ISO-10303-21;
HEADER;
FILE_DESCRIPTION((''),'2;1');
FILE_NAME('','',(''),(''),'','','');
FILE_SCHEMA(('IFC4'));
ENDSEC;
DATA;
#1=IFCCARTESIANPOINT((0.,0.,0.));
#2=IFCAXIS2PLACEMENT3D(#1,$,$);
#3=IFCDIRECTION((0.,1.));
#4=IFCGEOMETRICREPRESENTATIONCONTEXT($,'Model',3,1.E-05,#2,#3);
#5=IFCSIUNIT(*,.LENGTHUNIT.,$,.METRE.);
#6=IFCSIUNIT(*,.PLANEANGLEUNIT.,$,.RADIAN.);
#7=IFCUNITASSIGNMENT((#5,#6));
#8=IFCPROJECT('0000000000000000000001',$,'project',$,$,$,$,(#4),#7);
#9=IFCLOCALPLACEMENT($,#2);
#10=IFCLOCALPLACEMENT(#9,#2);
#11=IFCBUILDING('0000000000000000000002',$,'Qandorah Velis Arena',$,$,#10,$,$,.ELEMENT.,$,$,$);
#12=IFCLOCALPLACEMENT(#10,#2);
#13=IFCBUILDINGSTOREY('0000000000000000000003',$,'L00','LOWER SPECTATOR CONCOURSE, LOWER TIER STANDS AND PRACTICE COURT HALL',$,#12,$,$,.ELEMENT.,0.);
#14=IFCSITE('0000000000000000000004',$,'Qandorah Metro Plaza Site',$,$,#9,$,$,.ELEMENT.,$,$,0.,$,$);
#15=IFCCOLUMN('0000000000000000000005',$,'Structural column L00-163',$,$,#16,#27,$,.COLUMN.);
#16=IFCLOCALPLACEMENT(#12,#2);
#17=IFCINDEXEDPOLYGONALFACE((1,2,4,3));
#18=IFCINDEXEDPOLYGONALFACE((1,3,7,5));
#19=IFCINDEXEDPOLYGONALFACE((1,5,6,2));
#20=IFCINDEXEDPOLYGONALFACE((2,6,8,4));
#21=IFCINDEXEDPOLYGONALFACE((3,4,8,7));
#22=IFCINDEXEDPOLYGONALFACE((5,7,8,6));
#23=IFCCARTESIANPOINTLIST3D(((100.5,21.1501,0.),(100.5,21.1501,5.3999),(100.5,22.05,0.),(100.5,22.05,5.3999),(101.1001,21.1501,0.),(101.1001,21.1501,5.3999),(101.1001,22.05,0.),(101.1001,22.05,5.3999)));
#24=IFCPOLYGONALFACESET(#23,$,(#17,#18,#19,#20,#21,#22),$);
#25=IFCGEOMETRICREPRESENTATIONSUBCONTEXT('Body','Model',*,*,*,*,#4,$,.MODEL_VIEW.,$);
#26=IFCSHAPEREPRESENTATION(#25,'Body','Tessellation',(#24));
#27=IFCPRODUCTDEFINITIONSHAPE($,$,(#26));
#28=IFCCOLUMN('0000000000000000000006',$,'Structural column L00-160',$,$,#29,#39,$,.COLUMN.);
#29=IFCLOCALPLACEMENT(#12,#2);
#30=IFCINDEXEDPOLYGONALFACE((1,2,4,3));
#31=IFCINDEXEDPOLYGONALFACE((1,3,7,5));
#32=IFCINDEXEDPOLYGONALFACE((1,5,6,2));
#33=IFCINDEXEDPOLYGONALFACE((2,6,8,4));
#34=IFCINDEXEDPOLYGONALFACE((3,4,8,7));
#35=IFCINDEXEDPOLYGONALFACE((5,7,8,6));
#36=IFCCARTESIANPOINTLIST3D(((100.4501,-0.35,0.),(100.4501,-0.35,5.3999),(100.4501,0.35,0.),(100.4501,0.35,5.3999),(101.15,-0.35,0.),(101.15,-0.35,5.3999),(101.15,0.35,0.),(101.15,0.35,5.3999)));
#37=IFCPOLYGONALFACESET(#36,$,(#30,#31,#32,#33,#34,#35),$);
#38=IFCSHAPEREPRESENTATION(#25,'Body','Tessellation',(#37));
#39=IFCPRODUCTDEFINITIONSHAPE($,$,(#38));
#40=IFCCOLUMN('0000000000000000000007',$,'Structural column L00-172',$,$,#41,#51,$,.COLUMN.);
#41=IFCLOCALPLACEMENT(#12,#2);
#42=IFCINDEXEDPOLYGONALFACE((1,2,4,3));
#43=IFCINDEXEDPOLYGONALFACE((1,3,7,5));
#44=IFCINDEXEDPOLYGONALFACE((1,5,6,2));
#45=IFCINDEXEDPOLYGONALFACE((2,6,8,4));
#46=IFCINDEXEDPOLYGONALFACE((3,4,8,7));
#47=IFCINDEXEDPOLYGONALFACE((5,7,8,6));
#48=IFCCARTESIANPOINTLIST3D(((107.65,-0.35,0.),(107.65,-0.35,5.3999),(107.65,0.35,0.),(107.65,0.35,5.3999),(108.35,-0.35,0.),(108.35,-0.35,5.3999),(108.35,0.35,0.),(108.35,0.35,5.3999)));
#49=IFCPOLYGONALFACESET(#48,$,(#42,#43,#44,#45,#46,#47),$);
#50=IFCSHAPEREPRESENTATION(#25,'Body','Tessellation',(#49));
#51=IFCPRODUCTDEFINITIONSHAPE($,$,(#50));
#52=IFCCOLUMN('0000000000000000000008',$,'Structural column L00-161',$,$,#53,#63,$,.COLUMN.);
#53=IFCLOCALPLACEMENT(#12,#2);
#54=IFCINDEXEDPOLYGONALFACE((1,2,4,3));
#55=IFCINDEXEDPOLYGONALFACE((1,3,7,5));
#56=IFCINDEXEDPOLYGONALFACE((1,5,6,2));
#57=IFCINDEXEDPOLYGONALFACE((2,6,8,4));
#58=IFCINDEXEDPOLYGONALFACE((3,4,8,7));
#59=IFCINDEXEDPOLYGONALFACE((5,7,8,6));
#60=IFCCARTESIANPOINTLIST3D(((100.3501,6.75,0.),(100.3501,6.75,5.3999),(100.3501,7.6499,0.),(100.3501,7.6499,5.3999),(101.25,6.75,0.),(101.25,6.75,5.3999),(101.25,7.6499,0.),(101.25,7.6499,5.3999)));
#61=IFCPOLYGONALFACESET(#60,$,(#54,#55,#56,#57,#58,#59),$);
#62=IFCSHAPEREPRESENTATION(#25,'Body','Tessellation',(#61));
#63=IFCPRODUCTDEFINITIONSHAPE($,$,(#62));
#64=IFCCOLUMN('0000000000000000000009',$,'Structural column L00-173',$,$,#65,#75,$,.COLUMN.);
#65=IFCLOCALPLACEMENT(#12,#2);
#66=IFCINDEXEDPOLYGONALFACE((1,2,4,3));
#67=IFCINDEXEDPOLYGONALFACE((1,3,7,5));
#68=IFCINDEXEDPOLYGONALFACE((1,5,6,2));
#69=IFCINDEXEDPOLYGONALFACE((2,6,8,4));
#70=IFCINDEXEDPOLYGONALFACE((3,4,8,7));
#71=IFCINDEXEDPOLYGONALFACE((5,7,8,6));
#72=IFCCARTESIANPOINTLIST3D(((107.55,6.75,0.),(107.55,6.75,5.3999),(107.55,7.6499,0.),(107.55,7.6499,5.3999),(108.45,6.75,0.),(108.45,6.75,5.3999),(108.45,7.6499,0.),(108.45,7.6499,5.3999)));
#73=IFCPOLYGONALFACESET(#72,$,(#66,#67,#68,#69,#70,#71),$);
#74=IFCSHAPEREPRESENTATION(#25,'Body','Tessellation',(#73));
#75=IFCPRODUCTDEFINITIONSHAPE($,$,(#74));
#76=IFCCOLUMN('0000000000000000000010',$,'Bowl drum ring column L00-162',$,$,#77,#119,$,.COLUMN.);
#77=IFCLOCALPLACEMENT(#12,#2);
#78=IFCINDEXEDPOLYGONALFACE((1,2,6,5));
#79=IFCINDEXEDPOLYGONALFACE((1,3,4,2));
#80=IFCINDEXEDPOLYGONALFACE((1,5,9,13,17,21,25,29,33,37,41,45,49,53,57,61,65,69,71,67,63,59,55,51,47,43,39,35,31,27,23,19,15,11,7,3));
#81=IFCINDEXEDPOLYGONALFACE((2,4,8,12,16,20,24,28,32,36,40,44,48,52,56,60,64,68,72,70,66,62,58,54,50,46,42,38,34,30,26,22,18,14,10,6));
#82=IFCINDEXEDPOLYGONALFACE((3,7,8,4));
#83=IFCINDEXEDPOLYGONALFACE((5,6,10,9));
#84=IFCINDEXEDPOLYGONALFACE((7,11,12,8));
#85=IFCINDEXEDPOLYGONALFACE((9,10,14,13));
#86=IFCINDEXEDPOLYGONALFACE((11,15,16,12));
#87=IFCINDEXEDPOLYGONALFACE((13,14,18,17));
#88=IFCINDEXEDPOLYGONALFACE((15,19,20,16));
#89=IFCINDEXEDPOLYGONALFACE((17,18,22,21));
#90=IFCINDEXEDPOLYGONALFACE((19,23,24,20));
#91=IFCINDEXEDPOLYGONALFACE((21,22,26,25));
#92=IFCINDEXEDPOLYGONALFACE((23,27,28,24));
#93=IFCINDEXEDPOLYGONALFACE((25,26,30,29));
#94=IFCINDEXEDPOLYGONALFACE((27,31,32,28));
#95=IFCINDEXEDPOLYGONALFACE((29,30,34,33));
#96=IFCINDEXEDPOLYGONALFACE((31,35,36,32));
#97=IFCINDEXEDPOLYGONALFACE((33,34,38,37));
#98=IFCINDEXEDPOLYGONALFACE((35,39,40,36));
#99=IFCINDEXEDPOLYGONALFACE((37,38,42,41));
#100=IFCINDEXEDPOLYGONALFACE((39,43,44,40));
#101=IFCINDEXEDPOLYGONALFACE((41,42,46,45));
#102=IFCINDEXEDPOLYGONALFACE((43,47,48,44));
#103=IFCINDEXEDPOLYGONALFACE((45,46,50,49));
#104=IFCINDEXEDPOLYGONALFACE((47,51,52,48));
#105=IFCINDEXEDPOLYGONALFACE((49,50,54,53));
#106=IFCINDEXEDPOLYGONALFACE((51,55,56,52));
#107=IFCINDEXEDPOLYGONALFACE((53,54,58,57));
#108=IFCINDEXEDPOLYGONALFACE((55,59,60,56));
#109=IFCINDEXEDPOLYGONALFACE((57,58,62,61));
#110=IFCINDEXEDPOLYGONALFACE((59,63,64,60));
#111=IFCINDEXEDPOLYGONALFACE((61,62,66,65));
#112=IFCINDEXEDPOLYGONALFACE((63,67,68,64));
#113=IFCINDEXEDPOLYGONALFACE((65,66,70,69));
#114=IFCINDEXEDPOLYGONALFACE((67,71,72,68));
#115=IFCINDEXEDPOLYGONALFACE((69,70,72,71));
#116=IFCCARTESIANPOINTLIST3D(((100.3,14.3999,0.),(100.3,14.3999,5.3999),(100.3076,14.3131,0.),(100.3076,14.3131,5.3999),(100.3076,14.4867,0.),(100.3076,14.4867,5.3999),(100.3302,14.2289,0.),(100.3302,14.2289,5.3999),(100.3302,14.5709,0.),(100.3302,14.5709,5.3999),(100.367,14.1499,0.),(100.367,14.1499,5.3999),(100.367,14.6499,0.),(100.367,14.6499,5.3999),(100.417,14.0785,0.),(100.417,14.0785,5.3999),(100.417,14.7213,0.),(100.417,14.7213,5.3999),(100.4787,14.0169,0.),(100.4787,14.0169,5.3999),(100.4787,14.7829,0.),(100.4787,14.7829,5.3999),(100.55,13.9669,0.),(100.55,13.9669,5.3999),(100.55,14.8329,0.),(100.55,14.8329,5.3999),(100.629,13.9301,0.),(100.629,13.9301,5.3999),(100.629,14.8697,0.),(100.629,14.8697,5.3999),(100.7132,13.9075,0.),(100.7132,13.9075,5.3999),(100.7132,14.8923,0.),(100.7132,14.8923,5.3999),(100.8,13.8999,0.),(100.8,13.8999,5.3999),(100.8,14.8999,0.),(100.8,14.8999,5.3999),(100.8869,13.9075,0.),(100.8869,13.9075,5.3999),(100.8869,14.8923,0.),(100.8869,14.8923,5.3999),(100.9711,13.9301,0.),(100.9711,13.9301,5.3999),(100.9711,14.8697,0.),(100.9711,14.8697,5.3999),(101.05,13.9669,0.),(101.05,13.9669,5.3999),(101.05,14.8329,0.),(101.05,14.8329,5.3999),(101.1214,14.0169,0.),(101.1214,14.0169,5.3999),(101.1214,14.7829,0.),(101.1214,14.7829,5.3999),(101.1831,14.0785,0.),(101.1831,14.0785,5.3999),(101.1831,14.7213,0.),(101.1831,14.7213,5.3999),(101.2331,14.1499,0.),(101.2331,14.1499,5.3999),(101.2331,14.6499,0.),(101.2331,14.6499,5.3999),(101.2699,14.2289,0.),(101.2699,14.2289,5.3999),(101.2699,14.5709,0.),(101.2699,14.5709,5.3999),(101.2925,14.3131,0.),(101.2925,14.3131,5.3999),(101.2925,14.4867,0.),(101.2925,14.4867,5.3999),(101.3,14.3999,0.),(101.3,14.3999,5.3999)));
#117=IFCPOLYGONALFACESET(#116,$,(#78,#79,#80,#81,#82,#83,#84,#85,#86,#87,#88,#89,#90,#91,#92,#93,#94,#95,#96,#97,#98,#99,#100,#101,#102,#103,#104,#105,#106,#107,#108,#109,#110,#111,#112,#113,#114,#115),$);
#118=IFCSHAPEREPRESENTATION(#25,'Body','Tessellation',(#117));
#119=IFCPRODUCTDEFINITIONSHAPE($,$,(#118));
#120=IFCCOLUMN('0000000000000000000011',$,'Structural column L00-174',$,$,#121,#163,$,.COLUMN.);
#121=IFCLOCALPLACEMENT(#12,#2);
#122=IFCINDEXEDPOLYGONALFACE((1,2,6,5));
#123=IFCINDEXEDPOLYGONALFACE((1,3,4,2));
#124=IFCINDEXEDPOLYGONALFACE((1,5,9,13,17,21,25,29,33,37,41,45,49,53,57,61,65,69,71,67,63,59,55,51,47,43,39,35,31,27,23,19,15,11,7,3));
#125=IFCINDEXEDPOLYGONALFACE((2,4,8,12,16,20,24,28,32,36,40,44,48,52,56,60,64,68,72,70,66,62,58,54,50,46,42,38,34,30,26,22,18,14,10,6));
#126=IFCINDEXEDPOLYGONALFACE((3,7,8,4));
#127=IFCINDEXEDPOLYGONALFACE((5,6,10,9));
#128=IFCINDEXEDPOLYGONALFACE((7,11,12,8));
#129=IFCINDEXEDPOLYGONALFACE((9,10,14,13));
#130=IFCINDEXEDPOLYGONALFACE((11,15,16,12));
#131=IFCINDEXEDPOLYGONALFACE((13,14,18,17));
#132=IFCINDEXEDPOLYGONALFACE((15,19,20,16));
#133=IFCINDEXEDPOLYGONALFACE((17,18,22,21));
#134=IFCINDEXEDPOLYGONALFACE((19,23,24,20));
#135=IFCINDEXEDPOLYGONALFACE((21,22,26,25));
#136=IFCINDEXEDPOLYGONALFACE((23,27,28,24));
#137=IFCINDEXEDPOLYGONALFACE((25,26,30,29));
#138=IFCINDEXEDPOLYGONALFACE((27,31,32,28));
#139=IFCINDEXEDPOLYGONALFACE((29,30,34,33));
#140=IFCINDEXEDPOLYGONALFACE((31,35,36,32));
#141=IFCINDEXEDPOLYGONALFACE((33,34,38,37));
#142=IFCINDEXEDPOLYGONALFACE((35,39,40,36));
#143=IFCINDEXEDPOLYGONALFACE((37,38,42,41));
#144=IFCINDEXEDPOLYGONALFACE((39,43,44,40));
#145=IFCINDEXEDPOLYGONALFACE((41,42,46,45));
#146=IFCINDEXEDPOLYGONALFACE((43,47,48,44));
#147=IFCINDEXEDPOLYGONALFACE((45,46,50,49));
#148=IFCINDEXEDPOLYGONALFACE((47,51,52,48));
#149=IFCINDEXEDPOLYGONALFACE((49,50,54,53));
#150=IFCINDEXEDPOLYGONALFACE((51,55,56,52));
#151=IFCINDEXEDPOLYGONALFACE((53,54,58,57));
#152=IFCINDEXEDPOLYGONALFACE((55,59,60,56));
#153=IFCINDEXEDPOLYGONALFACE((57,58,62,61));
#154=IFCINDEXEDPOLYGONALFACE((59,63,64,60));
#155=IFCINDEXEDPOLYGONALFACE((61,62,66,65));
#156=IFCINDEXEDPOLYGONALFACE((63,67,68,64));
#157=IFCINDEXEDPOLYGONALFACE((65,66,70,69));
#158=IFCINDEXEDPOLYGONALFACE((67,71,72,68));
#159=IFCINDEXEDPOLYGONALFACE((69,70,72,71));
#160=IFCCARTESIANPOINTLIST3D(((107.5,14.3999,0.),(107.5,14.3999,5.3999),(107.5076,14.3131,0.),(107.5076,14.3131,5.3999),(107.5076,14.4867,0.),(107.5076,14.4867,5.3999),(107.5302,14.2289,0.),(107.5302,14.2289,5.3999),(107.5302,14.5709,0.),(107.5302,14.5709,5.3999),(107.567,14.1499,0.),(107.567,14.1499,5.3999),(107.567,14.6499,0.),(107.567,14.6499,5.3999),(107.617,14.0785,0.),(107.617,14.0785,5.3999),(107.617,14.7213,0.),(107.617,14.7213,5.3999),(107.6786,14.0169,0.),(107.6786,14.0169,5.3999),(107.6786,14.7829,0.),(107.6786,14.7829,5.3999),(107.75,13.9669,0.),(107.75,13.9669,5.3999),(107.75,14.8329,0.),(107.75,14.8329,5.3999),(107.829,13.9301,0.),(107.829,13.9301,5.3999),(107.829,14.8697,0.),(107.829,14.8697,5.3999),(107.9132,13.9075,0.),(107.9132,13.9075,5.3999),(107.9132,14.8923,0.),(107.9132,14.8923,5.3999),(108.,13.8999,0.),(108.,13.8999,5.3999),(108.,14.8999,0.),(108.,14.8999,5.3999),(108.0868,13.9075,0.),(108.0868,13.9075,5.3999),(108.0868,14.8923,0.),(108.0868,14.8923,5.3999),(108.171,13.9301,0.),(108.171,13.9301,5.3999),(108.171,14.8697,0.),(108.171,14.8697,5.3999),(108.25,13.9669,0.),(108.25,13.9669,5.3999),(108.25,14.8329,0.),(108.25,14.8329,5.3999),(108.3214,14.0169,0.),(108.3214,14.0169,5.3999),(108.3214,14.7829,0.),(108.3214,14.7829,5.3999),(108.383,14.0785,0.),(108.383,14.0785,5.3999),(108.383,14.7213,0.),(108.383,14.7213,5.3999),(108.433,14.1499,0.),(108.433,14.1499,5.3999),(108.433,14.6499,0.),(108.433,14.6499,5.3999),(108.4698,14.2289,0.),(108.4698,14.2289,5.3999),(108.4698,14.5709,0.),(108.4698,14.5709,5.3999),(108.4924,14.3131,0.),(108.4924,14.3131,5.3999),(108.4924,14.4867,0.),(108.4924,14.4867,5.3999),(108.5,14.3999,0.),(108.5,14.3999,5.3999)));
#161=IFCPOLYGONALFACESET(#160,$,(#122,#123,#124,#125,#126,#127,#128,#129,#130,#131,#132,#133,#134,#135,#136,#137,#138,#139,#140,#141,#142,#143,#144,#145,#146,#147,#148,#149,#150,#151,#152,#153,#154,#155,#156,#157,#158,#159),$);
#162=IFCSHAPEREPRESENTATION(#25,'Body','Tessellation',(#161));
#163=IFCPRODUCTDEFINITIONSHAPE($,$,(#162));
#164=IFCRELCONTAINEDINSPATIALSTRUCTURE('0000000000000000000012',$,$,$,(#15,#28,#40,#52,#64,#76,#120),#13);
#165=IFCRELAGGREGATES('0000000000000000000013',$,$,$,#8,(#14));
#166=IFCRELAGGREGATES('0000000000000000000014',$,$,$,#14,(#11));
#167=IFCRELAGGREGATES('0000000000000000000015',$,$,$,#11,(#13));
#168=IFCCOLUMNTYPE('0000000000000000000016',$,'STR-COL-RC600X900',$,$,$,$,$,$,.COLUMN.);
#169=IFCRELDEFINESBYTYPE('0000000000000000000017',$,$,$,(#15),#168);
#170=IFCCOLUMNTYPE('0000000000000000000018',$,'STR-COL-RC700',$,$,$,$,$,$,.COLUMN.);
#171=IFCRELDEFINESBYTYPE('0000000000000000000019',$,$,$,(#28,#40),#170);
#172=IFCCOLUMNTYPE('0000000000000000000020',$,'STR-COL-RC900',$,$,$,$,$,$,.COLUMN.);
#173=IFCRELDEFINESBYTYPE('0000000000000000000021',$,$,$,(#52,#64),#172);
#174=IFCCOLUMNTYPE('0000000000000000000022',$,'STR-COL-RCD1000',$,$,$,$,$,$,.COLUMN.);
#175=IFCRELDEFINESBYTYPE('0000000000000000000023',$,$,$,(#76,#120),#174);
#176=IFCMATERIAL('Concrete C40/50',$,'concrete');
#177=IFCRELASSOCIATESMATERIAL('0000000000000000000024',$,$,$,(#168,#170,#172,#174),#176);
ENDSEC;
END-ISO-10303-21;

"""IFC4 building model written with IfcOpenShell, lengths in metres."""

from ifc_helpers import new_model, si_unit, direction, frame, origin, origin_2d, place, context, subcontext, project, spatial, rectangle, circle, extrude, material, material_profile, profile_set, type_object, element, save


model = new_model("IFC4")

# Units and contexts
model_context = context("Model", 3, precision=1e-05, world=origin(), true_north=direction((0.0, 1.0)))
body_context = subcontext(model_context, "Body", "Model", "MODEL_VIEW")
ifc_project = project(units=[si_unit("LENGTHUNIT", "METRE"), si_unit("PLANEANGLEUNIT", "RADIAN")], contexts=[model_context])

# Site, building, storey
site_placement = place(None, origin())
site = spatial("IfcSite", under=ifc_project, at=site_placement, Name="Qandorah Metro Plaza Site", CompositionType="ELEMENT", RefElevation=0.0)
building_placement = place(site_placement, origin())
building = spatial("IfcBuilding", under=site, at=building_placement, Name="Qandorah Velis Arena", CompositionType="ELEMENT")
storey_placement = place(building_placement, origin())
storey = spatial("IfcBuildingStorey", under=building, at=storey_placement, Name="L00", Description="LOWER SPECTATOR CONCOURSE, LOWER TIER STANDS AND PRACTICE COURT HALL", CompositionType="ELEMENT", Elevation=0.0)

# Columns
ifc_material_1 = material(Name="Concrete C40/50", Category="concrete")
ifc_material_profile_1 = material_profile(ifc_material_1, rectangle(XDim=0.6001, YDim=0.8999, at=origin_2d()), Name="RC COL 600x900")
ifc_profile_set_1 = profile_set([ifc_material_profile_1], Name="Concrete C40/50")
column_type_1 = type_object("IfcColumnType", Name="STR-COL-RC600X900", PredefinedType="COLUMN", material=ifc_profile_set_1)
column_placement = place(storey_placement, frame((100.8, 21.6001, 0.0), z_axis=(0.0, 0.0, 1.0), x_axis=(1.0, 0.0, 0.0)))
element("IfcColumn", 1, at=column_placement, inside=storey, type_object=column_type_1, Name="Structural column L00-163", PredefinedType="COLUMN", context=body_context, shape_type="SweptSolid", body=[
    extrude(rectangle(XDim=0.6001, YDim=0.8999, at=origin_2d()), origin(), (0.0, 0.0, 1.0), 5.3999),
])
ifc_material_profile_2 = material_profile(ifc_material_1, rectangle(XDim=0.7, YDim=0.7, at=origin_2d()), Name="RC COL 700x700")
ifc_profile_set_2 = profile_set([ifc_material_profile_2], Name="Concrete C40/50")
column_type_2 = type_object("IfcColumnType", Name="STR-COL-RC700", PredefinedType="COLUMN", material=ifc_profile_set_2)
for number, where, z_axis, x_axis, name in (
    (2, (100.8, 0.0, 0.0), (0.0, 0.0, 1.0), (1.0, 0.0, 0.0), "Structural column L00-160"),
    (3, (108.0, 0.0, 0.0), (0.0, 0.0, 1.0), (1.0, 0.0, 0.0), "Structural column L00-172"),
):
    element("IfcColumn", number, at=place(storey_placement, frame(where, z_axis=z_axis, x_axis=x_axis)), inside=storey, type_object=column_type_2, Name=name, PredefinedType="COLUMN", context=body_context, shape_type="SweptSolid", body=[
        extrude(rectangle(XDim=0.7, YDim=0.7, at=origin_2d()), origin(), (0.0, 0.0, 1.0), 5.3999),
    ])
ifc_material_profile_3 = material_profile(ifc_material_1, rectangle(XDim=0.8999, YDim=0.8999, at=origin_2d()), Name="RC COL 900x900")
ifc_profile_set_3 = profile_set([ifc_material_profile_3], Name="Concrete C40/50")
column_type_3 = type_object("IfcColumnType", Name="STR-COL-RC900", PredefinedType="COLUMN", material=ifc_profile_set_3)
for number, where, z_axis, x_axis, name in (
    (4, (100.8, 7.2, 0.0), (0.0, 0.0, 1.0), (1.0, 0.0, 0.0), "Structural column L00-161"),
    (5, (108.0, 7.2, 0.0), (0.0, 0.0, 1.0), (1.0, 0.0, 0.0), "Structural column L00-173"),
):
    element("IfcColumn", number, at=place(storey_placement, frame(where, z_axis=z_axis, x_axis=x_axis)), inside=storey, type_object=column_type_3, Name=name, PredefinedType="COLUMN", context=body_context, shape_type="SweptSolid", body=[
        extrude(rectangle(XDim=0.8999, YDim=0.8999, at=origin_2d()), origin(), (0.0, 0.0, 1.0), 5.3999),
    ])
ifc_material_profile_4 = material_profile(ifc_material_1, circle(Radius=0.5, at=origin_2d()), Name="RC D1000")
ifc_profile_set_4 = profile_set([ifc_material_profile_4], Name="Concrete C40/50")
column_type_4 = type_object("IfcColumnType", Name="STR-COL-RCD1000", PredefinedType="COLUMN", material=ifc_profile_set_4)
for number, where, z_axis, x_axis, name in (
    (6, (100.8, 14.3999, 0.0), (0.0, 0.0, 1.0), (1.0, 0.0, 0.0), "Bowl drum ring column L00-162"),
    (7, (108.0, 14.3999, 0.0), (0.0, 0.0, 1.0), (1.0, 0.0, 0.0), "Structural column L00-174"),
):
    element("IfcColumn", number, at=place(storey_placement, frame(where, z_axis=z_axis, x_axis=x_axis)), inside=storey, type_object=column_type_4, Name=name, PredefinedType="COLUMN", context=body_context, shape_type="SweptSolid", body=[
        extrude(circle(Radius=0.5, at=origin_2d()), origin(), (0.0, 0.0, 1.0), 5.3999),
    ])

save(model, "model.ifc")
